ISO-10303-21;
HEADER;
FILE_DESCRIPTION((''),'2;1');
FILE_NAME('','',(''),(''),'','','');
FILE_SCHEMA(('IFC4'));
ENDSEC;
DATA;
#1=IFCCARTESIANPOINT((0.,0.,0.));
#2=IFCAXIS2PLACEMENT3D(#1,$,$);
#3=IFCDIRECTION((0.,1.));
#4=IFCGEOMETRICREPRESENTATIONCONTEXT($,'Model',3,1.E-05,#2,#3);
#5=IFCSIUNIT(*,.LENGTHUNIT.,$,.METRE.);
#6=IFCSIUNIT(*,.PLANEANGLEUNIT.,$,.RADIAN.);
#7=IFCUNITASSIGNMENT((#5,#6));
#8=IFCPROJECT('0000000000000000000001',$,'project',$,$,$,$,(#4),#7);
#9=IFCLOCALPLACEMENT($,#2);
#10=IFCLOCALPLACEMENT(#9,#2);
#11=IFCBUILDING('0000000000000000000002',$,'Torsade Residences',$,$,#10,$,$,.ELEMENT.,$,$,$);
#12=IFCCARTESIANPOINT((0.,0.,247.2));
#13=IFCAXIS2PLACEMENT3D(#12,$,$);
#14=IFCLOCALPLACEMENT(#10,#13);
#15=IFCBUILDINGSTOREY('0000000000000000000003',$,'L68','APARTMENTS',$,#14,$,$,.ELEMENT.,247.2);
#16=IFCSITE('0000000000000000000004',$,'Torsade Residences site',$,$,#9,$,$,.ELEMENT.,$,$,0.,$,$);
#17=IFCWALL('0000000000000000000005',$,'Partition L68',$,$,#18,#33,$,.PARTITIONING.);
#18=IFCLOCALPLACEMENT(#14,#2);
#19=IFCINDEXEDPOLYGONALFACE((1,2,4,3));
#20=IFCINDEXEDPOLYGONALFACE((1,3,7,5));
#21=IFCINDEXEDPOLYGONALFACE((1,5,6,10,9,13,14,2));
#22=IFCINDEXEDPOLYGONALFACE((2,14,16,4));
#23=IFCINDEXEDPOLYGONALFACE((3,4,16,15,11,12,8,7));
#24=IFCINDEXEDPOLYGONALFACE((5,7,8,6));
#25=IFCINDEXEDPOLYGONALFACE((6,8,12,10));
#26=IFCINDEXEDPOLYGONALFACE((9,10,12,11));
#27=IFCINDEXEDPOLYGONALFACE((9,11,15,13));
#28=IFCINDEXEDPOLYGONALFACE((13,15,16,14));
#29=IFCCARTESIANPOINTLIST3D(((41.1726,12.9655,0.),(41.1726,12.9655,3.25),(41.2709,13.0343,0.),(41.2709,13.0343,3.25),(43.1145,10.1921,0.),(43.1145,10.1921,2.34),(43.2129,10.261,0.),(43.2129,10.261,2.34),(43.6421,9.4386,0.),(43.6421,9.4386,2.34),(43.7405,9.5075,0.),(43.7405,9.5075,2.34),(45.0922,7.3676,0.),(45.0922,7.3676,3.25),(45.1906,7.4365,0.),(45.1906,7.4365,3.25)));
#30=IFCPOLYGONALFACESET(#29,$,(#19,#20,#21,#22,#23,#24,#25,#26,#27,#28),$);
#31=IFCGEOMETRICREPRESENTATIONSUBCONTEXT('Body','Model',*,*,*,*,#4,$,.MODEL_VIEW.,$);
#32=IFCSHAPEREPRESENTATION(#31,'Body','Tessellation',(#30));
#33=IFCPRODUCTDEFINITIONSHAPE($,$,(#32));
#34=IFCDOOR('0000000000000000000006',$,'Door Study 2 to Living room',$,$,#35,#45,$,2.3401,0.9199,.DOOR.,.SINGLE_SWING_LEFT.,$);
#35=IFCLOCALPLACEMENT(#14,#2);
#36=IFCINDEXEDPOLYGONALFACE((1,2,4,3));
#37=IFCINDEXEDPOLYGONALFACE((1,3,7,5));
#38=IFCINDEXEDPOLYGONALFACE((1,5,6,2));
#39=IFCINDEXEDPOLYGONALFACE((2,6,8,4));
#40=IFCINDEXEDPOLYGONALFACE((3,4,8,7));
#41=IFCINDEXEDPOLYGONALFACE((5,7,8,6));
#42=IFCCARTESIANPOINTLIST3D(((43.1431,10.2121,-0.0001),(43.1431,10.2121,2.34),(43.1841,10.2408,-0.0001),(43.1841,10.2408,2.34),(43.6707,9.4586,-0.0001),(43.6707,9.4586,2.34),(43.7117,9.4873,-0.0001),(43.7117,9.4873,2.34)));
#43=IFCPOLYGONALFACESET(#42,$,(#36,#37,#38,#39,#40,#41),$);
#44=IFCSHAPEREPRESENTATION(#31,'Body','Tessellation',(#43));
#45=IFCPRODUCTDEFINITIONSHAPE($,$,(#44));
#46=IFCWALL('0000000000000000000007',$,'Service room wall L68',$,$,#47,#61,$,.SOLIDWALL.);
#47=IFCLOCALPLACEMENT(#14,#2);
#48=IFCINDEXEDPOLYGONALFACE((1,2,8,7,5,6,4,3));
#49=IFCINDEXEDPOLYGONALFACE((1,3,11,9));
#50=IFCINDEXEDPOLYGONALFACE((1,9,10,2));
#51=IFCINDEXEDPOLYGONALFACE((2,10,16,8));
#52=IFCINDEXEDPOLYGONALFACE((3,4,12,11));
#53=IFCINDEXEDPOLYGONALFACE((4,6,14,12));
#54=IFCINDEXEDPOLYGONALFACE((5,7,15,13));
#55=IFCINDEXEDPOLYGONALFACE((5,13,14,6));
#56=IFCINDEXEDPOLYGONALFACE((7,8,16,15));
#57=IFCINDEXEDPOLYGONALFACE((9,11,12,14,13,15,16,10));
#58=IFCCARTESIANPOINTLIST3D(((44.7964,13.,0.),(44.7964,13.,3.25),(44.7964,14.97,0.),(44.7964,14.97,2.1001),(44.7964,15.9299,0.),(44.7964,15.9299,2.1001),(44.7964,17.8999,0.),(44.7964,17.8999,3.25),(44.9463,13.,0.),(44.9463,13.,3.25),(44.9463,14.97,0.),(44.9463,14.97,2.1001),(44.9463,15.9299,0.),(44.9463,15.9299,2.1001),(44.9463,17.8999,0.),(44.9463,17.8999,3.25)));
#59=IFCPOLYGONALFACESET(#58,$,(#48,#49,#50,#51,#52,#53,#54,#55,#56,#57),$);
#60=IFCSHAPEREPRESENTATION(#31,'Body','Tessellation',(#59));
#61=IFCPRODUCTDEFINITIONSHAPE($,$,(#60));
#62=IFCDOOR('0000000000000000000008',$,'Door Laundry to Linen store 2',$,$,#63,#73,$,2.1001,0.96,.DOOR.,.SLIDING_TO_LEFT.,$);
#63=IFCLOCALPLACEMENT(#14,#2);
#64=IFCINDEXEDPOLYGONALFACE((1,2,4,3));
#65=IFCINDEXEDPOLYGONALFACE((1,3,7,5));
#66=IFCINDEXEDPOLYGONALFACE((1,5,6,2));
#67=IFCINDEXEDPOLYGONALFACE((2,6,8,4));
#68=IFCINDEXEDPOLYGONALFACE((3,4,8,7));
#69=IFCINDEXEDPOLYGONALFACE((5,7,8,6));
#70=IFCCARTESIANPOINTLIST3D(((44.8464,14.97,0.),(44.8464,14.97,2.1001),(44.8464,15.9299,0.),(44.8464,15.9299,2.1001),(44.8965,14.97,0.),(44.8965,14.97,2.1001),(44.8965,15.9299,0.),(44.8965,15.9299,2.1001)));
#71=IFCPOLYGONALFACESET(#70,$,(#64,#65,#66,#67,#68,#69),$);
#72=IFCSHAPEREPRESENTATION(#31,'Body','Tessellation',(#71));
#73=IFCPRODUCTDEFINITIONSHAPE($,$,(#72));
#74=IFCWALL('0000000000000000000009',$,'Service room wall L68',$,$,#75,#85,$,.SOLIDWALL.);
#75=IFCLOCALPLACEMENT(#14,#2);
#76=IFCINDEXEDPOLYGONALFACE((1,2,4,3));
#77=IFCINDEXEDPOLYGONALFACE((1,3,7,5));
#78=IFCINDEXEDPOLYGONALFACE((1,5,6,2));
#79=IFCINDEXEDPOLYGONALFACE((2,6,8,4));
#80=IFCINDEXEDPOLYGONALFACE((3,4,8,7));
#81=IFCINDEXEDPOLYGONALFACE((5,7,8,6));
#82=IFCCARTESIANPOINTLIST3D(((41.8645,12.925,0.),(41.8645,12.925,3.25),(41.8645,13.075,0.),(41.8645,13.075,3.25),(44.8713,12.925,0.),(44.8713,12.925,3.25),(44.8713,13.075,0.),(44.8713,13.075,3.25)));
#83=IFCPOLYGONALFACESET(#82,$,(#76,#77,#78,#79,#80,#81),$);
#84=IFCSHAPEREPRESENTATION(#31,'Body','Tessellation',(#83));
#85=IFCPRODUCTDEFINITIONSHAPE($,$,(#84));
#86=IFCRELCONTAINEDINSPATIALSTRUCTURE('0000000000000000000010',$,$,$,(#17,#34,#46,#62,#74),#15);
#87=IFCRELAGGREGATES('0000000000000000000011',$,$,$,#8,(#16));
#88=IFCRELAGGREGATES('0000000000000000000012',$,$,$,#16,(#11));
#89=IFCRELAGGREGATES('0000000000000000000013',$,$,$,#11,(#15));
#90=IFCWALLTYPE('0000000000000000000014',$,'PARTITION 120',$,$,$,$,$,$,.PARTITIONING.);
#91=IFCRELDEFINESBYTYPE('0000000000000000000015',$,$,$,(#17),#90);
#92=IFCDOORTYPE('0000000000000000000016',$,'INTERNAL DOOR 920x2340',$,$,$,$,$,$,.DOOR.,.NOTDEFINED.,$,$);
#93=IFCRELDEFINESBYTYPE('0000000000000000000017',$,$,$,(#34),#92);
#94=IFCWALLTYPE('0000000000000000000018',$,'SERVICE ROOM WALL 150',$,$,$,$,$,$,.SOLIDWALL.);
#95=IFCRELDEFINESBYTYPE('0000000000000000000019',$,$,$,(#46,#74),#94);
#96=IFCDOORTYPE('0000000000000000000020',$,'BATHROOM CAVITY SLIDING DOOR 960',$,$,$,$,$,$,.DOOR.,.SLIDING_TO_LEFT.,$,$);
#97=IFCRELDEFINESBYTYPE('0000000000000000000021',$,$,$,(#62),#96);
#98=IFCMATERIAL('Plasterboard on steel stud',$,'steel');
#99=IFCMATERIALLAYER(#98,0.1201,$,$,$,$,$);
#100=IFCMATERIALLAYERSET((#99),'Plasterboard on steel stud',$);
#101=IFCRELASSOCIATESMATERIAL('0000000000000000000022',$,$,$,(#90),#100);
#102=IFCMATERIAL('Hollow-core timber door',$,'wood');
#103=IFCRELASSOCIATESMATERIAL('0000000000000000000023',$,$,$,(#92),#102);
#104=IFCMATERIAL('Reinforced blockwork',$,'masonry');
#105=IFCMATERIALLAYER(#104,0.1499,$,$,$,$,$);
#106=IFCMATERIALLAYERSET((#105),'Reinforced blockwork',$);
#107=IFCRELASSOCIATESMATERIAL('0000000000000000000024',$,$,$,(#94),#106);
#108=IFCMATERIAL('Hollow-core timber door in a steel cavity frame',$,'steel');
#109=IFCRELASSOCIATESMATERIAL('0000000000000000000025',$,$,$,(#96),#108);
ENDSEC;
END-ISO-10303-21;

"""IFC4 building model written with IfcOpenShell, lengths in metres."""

from ifc_helpers import new_model, si_unit, direction, frame, frame_2d, origin, place, context, subcontext, project, spatial, rectangle, extrude, material, layer, layer_set, type_object, element, fill, save


model = new_model("IFC4")

# Units and contexts
model_context = context("Model", 3, precision=1e-05, world=origin(), true_north=direction((0.0, 1.0)))
body_context = subcontext(model_context, "Body", "Model", "MODEL_VIEW")
ifc_project = project(units=[si_unit("LENGTHUNIT", "METRE"), si_unit("PLANEANGLEUNIT", "RADIAN")], contexts=[model_context])

# Site, building, storey
site_placement = place(None, origin())
site = spatial("IfcSite", under=ifc_project, at=site_placement, Name="Torsade Residences site", CompositionType="ELEMENT", RefElevation=0.0)
building_placement = place(site_placement, origin())
building = spatial("IfcBuilding", under=site, at=building_placement, Name="Torsade Residences", CompositionType="ELEMENT")
storey_placement = place(building_placement, frame((0.0, 0.0, 247.2)))
storey = spatial("IfcBuildingStorey", under=building, at=storey_placement, Name="L68", Description="APARTMENTS", CompositionType="ELEMENT", Elevation=247.2)

# Shared definitions
ifc_material_1 = material(Name="Plasterboard on steel stud", Category="steel")
ifc_layer_1 = layer(ifc_material_1, 0.1201)
ifc_layer_set_1 = layer_set([ifc_layer_1], Name="Plasterboard on steel stud")
wall_type_1 = type_object("IfcWallType", Name="PARTITION 120", PredefinedType="PARTITIONING", material=ifc_layer_set_1)

# Walls, openings, doors
wall_1_placement = place(storey_placement, frame((41.2217, 13.0, 0.0), z_axis=(0.0, 0.0, 1.0), x_axis=(0.573575, -0.819153, 0.0)))
wall_1 = element("IfcWall", 1, at=wall_1_placement, inside=storey, type_object=wall_type_1, Name="Partition L68", PredefinedType="PARTITIONING", context=body_context, shape_type="SweptSolid", body=[
    extrude(rectangle(XDim=6.8337, YDim=0.1201, at=frame_2d((3.417, 0.0))), origin(), (0.0, 0.0, 1.0), 3.25),
])
opening_1_placement = place(wall_1_placement, frame((3.3857, 0.0, 0.0)))
opening_1 = element("IfcOpeningElement", 2, at=opening_1_placement, cuts=wall_1, PredefinedType="OPENING", context=body_context, shape_type="SweptSolid", body=[
    extrude(rectangle(XDim=0.9199, YDim=2.3401, at=frame_2d((0.46, 1.1699))), frame((0.0, 0.0701, 0.0), z_axis=(0.0, -1.0, 0.0), x_axis=(1.0, 0.0, 0.0)), (0.0, 0.0, 1.0), 0.1401),
])
ifc_material_2 = material(Name="Hollow-core timber door", Category="wood")
door_type_1 = type_object("IfcDoorType", Name="INTERNAL DOOR 920x2340", OperationType="NOTDEFINED", PredefinedType="DOOR", material=ifc_material_2)
door_1_placement = place(opening_1_placement, origin())
door_1 = element("IfcDoor", 3, at=door_1_placement, inside=storey, type_object=door_type_1, Name="Door Study 2 to Living room", OperationType="SINGLE_SWING_LEFT", OverallHeight=2.3401, OverallWidth=0.9199, PredefinedType="DOOR", context=body_context, shape_type="SweptSolid", body=[
    extrude(rectangle(XDim=0.9199, YDim=2.3401, at=frame_2d((0.46, 1.1699))), frame((0.0, 0.0249, 0.0), z_axis=(0.0, -1.0, 0.0), x_axis=(1.0, 0.0, 0.0)), (0.0, 0.0, 1.0), 0.05),
])
fill(opening_1, door_1)
ifc_material_3 = material(Name="Reinforced blockwork", Category="masonry")
ifc_layer_2 = layer(ifc_material_3, 0.1499)
ifc_layer_set_2 = layer_set([ifc_layer_2], Name="Reinforced blockwork")
wall_type_2 = type_object("IfcWallType", Name="SERVICE ROOM WALL 150", PredefinedType="SOLIDWALL", material=ifc_layer_set_2)
wall_2_placement = place(storey_placement, frame((44.8713, 13.0, 0.0), z_axis=(0.0, 0.0, 1.0), x_axis=(0.0, 1.0, 0.0)))
wall_2 = element("IfcWall", 4, at=wall_2_placement, inside=storey, type_object=wall_type_2, Name="Service room wall L68", PredefinedType="SOLIDWALL", context=body_context, shape_type="SweptSolid", body=[
    extrude(rectangle(XDim=4.8999, YDim=0.1499, at=frame_2d((2.45, 0.0))), origin(), (0.0, 0.0, 1.0), 3.25),
])
opening_2_placement = place(wall_2_placement, frame((1.97, 0.0, 0.0)))
opening_2 = element("IfcOpeningElement", 5, at=opening_2_placement, cuts=wall_2, PredefinedType="OPENING", context=body_context, shape_type="SweptSolid", body=[
    extrude(rectangle(XDim=0.96, YDim=2.1001, at=frame_2d((0.48, 1.05))), frame((0.0, 0.085, 0.0), z_axis=(0.0, -1.0, 0.0), x_axis=(1.0, 0.0, 0.0)), (0.0, 0.0, 1.0), 0.1699),
])
ifc_material_4 = material(Name="Hollow-core timber door in a steel cavity frame", Category="steel")
door_type_2 = type_object("IfcDoorType", Name="BATHROOM CAVITY SLIDING DOOR 960", OperationType="SLIDING_TO_LEFT", PredefinedType="DOOR", material=ifc_material_4)
door_2_placement = place(opening_2_placement, origin())
door_2 = element("IfcDoor", 6, at=door_2_placement, inside=storey, type_object=door_type_2, Name="Door Laundry to Linen store 2", OperationType="SLIDING_TO_LEFT", OverallHeight=2.1001, OverallWidth=0.96, PredefinedType="DOOR", context=body_context, shape_type="SweptSolid", body=[
    extrude(rectangle(XDim=0.96, YDim=2.1001, at=frame_2d((0.48, 1.05))), frame((0.0, 0.0249, 0.0), z_axis=(0.0, -1.0, 0.0), x_axis=(1.0, 0.0, 0.0)), (0.0, 0.0, 1.0), 0.05),
])
fill(opening_2, door_2)

# Wall
wall_3_placement = place(storey_placement, frame((44.8713, 13.0, 0.0), z_axis=(0.0, 0.0, 1.0), x_axis=(-1.0, 0.0, 0.0)))
element("IfcWall", 7, at=wall_3_placement, inside=storey, type_object=wall_type_2, Name="Service room wall L68", PredefinedType="SOLIDWALL", context=body_context, shape_type="SweptSolid", body=[
    extrude(rectangle(XDim=3.0068, YDim=0.1499, at=frame_2d((1.5034, 0.0))), origin(), (0.0, 0.0, 1.0), 3.25),
])

save(model, "model.ifc")
